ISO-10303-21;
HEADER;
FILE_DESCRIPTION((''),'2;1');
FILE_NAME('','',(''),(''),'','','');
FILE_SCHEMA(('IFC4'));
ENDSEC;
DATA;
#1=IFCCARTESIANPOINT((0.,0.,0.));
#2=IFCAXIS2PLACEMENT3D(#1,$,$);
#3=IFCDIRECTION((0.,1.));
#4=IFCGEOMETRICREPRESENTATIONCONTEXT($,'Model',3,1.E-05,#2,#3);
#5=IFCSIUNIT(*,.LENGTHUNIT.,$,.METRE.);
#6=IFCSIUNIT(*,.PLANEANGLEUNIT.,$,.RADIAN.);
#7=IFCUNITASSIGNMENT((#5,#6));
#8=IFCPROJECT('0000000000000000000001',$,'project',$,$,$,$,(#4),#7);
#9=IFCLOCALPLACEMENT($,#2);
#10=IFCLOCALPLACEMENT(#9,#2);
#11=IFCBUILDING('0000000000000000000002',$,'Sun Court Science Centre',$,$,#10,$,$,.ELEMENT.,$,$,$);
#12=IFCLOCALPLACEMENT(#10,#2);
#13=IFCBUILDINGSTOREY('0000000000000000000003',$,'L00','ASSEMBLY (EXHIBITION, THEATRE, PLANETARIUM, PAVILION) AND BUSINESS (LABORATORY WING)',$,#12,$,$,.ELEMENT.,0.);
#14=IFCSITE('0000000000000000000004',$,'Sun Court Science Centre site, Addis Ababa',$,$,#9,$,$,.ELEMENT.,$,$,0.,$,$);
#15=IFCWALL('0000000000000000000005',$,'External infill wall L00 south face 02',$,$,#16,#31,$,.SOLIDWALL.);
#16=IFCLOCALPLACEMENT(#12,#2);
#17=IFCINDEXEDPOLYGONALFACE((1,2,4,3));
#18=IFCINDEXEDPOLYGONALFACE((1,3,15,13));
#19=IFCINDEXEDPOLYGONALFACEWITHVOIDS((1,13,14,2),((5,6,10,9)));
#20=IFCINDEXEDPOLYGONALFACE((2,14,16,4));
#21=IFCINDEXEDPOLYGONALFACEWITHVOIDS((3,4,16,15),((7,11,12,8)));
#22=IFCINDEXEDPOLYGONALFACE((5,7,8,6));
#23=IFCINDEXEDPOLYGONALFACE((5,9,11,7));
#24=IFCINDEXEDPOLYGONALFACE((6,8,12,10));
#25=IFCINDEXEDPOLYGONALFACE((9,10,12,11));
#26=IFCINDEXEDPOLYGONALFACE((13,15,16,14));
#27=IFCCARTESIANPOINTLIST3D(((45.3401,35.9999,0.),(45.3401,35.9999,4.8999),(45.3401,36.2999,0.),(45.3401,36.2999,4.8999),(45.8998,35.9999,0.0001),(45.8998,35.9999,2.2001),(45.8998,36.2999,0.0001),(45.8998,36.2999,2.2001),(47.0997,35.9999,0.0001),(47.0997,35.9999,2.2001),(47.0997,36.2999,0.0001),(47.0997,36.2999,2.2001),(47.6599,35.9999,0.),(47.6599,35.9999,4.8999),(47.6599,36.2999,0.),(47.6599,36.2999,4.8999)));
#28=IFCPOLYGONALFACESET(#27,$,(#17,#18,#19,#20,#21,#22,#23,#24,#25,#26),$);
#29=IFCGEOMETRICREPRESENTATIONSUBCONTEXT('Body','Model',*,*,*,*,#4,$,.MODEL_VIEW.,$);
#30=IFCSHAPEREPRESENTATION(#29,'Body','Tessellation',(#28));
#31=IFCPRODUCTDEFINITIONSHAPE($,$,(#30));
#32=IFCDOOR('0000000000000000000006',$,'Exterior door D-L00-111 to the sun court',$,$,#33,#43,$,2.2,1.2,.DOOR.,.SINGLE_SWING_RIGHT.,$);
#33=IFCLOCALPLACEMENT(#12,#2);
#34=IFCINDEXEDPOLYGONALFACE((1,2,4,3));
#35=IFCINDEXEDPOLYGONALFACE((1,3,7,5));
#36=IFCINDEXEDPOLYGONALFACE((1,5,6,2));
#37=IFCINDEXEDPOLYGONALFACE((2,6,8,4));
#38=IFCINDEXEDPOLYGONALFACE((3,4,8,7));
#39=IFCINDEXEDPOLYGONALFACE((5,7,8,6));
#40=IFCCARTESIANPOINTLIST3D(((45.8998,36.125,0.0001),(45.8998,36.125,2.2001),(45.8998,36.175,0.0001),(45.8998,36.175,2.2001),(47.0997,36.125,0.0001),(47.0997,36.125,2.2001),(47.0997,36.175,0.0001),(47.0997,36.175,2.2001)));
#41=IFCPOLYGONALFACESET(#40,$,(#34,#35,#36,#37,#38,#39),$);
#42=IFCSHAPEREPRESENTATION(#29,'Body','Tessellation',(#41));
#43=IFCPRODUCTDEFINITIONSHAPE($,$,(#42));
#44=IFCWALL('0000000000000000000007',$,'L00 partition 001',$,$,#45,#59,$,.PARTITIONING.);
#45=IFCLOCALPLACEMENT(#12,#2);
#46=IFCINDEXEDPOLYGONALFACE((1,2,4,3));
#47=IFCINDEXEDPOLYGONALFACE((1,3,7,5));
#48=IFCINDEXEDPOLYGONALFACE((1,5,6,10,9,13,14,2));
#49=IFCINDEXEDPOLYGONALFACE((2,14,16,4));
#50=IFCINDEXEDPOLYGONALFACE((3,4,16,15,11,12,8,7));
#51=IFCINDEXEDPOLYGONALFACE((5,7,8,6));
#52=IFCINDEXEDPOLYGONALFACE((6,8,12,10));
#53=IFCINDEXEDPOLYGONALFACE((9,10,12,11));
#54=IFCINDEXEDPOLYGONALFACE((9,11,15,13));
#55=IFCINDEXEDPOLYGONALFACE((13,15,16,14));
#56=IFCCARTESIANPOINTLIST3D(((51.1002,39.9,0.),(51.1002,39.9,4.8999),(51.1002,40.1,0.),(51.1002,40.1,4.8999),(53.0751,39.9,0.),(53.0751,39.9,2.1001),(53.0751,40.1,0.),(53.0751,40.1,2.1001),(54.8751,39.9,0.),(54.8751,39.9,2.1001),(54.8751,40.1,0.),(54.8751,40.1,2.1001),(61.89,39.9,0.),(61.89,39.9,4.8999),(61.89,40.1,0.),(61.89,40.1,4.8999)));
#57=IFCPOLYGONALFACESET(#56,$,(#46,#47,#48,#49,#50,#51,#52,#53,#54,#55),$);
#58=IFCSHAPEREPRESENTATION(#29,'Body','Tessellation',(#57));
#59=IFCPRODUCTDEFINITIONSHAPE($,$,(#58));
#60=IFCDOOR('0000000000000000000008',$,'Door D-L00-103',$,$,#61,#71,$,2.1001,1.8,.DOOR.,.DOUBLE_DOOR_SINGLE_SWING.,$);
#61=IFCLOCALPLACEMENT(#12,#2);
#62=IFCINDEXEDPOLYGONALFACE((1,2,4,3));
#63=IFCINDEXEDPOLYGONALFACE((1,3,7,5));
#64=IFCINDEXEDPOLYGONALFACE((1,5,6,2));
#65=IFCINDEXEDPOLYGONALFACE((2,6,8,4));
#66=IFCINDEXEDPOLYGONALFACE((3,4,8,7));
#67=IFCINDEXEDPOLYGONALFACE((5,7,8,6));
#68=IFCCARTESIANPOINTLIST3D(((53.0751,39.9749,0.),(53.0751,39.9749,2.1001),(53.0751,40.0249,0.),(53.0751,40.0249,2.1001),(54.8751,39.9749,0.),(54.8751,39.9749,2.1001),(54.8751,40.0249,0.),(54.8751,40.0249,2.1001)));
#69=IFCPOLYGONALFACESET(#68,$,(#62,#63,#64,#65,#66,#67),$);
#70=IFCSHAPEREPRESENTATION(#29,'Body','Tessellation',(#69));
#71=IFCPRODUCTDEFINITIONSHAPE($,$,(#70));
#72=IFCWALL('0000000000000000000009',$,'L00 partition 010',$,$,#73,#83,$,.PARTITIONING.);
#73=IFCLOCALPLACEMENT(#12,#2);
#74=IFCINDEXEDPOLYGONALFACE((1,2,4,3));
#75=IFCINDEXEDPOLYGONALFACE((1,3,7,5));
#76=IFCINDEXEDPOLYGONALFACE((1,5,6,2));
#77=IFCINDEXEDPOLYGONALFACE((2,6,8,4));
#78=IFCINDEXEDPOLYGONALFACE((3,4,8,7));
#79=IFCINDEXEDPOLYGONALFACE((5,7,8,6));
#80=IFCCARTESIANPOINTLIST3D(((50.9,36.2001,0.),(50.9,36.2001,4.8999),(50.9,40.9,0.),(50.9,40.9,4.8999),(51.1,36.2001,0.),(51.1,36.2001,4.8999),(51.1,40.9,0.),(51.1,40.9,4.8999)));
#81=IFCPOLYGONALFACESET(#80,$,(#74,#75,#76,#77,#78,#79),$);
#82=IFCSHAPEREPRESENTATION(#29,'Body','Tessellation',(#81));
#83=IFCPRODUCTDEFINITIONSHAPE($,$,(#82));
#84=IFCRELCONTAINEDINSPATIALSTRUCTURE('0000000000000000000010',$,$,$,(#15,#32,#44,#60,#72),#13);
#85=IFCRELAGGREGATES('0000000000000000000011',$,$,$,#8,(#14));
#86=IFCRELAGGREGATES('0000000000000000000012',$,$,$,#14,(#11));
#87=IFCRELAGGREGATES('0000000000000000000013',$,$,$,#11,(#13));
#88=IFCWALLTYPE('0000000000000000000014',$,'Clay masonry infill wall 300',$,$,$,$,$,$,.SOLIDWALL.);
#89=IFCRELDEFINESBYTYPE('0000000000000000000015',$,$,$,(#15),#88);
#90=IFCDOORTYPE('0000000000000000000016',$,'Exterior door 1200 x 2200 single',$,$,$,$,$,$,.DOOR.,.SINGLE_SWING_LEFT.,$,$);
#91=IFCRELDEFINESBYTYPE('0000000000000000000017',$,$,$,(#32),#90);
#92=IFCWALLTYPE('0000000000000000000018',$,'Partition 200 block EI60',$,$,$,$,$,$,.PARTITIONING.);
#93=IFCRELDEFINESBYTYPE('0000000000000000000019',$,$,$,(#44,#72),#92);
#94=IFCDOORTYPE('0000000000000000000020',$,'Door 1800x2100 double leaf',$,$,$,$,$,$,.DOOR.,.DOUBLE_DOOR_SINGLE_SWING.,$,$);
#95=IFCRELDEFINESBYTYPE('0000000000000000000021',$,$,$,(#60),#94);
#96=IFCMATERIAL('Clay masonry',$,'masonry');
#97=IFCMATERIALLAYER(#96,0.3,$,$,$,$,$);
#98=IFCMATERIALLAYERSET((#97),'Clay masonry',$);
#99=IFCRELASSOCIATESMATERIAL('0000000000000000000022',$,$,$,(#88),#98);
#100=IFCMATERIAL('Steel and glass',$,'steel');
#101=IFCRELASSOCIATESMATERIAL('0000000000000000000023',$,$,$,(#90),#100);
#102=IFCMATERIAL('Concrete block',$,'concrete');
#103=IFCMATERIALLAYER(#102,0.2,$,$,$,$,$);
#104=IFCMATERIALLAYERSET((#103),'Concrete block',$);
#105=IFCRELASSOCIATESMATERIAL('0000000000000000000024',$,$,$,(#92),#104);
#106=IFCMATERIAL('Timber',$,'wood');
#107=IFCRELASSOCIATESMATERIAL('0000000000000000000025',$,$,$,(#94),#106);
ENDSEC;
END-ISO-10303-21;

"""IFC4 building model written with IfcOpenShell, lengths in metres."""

from ifc_helpers import new_model, si_unit, direction, frame, frame_2d, origin, place, context, subcontext, project, spatial, rectangle, extrude, material, layer, layer_set, type_object, element, fill, save


model = new_model("IFC4")

# Units and contexts
model_context = context("Model", 3, precision=1e-05, world=origin(), true_north=direction((0.0, 1.0)))
body_context = subcontext(model_context, "Body", "Model", "MODEL_VIEW")
ifc_project = project(units=[si_unit("LENGTHUNIT", "METRE"), si_unit("PLANEANGLEUNIT", "RADIAN")], contexts=[model_context])

# Site, building, storey
site_placement = place(None, origin())
site = spatial("IfcSite", under=ifc_project, at=site_placement, Name="Sun Court Science Centre site, Addis Ababa", CompositionType="ELEMENT", RefElevation=0.0)
building_placement = place(site_placement, origin())
building = spatial("IfcBuilding", under=site, at=building_placement, Name="Sun Court Science Centre", CompositionType="ELEMENT")
storey_placement = place(building_placement, origin())
storey = spatial("IfcBuildingStorey", under=building, at=storey_placement, Name="L00", Description="ASSEMBLY (EXHIBITION, THEATRE, PLANETARIUM, PAVILION) AND BUSINESS (LABORATORY WING)", CompositionType="ELEMENT", Elevation=0.0)

# Walls, openings, doors
ifc_material_1 = material(Name="Clay masonry", Category="masonry")
ifc_layer_1 = layer(ifc_material_1, 0.3)
ifc_layer_set_1 = layer_set([ifc_layer_1], Name="Clay masonry")
wall_type_1 = type_object("IfcWallType", Name="Clay masonry infill wall 300", PredefinedType="SOLIDWALL", material=ifc_layer_set_1)
wall_1_placement = place(storey_placement, frame((47.6599, 36.1499, 0.0), z_axis=(0.0, 0.0, 1.0), x_axis=(-1.0, 0.0, 0.0)))
wall_1 = element("IfcWall", 1, at=wall_1_placement, inside=storey, type_object=wall_type_1, Name="External infill wall L00 south face 02", PredefinedType="SOLIDWALL", context=body_context, shape_type="SweptSolid", body=[
    extrude(rectangle(XDim=2.3198, YDim=0.3, at=frame_2d((1.1599, 0.0))), origin(), (0.0, 0.0, 1.0), 4.8999),
])
opening_1_placement = place(wall_1_placement, frame((0.5601, 0.0, 0.0)))
opening_1 = element("IfcOpeningElement", 2, at=opening_1_placement, cuts=wall_1, PredefinedType="OPENING", context=body_context, shape_type="SweptSolid", body=[
    extrude(rectangle(XDim=1.2, YDim=2.2, at=frame_2d((0.6001, 1.1001))), frame((0.0, 0.1599, 0.0), z_axis=(0.0, -1.0, 0.0), x_axis=(1.0, 0.0, 0.0)), (0.0, 0.0, 1.0), 0.3201),
])
ifc_material_2 = material(Name="Steel and glass", Category="steel")
door_type_1 = type_object("IfcDoorType", Name="Exterior door 1200 x 2200 single", OperationType="SINGLE_SWING_LEFT", PredefinedType="DOOR", material=ifc_material_2)
door_1_placement = place(opening_1_placement, origin())
door_1 = element("IfcDoor", 3, at=door_1_placement, inside=storey, type_object=door_type_1, Name="Exterior door D-L00-111 to the sun court", OperationType="SINGLE_SWING_RIGHT", OverallHeight=2.2, OverallWidth=1.2, PredefinedType="DOOR", context=body_context, shape_type="SweptSolid", body=[
    extrude(rectangle(XDim=1.2, YDim=2.2, at=frame_2d((0.6001, 1.1001))), frame((0.0, 0.0249, 0.0), z_axis=(0.0, -1.0, 0.0), x_axis=(1.0, 0.0, 0.0)), (0.0, 0.0, 1.0), 0.05),
])
fill(opening_1, door_1)
ifc_material_3 = material(Name="Concrete block", Category="concrete")
ifc_layer_2 = layer(ifc_material_3, 0.2)
ifc_layer_set_2 = layer_set([ifc_layer_2], Name="Concrete block")
wall_type_2 = type_object("IfcWallType", Name="Partition 200 block EI60", PredefinedType="PARTITIONING", material=ifc_layer_set_2)
wall_2_placement = place(storey_placement, frame((51.1001, 40.0, 0.0), z_axis=(0.0, 0.0, 1.0), x_axis=(1.0, 0.0, 0.0)))
wall_2 = element("IfcWall", 4, at=wall_2_placement, inside=storey, type_object=wall_type_2, Name="L00 partition 001", PredefinedType="PARTITIONING", context=body_context, shape_type="SweptSolid", body=[
    extrude(rectangle(XDim=10.7898, YDim=0.2, at=frame_2d((5.395, 0.0))), origin(), (0.0, 0.0, 1.0), 4.8999),
])
opening_2_placement = place(wall_2_placement, frame((1.9751, 0.0, 0.0)))
opening_2 = element("IfcOpeningElement", 5, at=opening_2_placement, cuts=wall_2, PredefinedType="OPENING", context=body_context, shape_type="SweptSolid", body=[
    extrude(rectangle(XDim=1.8, YDim=2.1001, at=frame_2d((0.8999, 1.05))), frame((0.0, 0.1099, 0.0), z_axis=(0.0, -1.0, 0.0), x_axis=(1.0, 0.0, 0.0)), (0.0, 0.0, 1.0), 0.22),
])
ifc_material_4 = material(Name="Timber", Category="wood")
door_type_2 = type_object("IfcDoorType", Name="Door 1800x2100 double leaf", OperationType="DOUBLE_DOOR_SINGLE_SWING", PredefinedType="DOOR", material=ifc_material_4)
door_2_placement = place(opening_2_placement, origin())
door_2 = element("IfcDoor", 6, at=door_2_placement, inside=storey, type_object=door_type_2, Name="Door D-L00-103", OperationType="DOUBLE_DOOR_SINGLE_SWING", OverallHeight=2.1001, OverallWidth=1.8, PredefinedType="DOOR", context=body_context, shape_type="SweptSolid", body=[
    extrude(rectangle(XDim=1.8, YDim=2.1001, at=frame_2d((0.8999, 1.05))), frame((0.0, 0.0249, 0.0), z_axis=(0.0, -1.0, 0.0), x_axis=(1.0, 0.0, 0.0)), (0.0, 0.0, 1.0), 0.05),
])
fill(opening_2, door_2)

# Wall
wall_3_placement = place(storey_placement, frame((51.0, 36.2, 0.0), z_axis=(0.0, 0.0, 1.0), x_axis=(0.0, 1.0, 0.0)))
element("IfcWall", 7, at=wall_3_placement, inside=storey, type_object=wall_type_2, Name="L00 partition 010", PredefinedType="PARTITIONING", context=body_context, shape_type="SweptSolid", body=[
    extrude(rectangle(XDim=4.7, YDim=0.2, at=frame_2d((2.3501, 0.0))), origin(), (0.0, 0.0, 1.0), 4.8999),
])

save(model, "model.ifc")
